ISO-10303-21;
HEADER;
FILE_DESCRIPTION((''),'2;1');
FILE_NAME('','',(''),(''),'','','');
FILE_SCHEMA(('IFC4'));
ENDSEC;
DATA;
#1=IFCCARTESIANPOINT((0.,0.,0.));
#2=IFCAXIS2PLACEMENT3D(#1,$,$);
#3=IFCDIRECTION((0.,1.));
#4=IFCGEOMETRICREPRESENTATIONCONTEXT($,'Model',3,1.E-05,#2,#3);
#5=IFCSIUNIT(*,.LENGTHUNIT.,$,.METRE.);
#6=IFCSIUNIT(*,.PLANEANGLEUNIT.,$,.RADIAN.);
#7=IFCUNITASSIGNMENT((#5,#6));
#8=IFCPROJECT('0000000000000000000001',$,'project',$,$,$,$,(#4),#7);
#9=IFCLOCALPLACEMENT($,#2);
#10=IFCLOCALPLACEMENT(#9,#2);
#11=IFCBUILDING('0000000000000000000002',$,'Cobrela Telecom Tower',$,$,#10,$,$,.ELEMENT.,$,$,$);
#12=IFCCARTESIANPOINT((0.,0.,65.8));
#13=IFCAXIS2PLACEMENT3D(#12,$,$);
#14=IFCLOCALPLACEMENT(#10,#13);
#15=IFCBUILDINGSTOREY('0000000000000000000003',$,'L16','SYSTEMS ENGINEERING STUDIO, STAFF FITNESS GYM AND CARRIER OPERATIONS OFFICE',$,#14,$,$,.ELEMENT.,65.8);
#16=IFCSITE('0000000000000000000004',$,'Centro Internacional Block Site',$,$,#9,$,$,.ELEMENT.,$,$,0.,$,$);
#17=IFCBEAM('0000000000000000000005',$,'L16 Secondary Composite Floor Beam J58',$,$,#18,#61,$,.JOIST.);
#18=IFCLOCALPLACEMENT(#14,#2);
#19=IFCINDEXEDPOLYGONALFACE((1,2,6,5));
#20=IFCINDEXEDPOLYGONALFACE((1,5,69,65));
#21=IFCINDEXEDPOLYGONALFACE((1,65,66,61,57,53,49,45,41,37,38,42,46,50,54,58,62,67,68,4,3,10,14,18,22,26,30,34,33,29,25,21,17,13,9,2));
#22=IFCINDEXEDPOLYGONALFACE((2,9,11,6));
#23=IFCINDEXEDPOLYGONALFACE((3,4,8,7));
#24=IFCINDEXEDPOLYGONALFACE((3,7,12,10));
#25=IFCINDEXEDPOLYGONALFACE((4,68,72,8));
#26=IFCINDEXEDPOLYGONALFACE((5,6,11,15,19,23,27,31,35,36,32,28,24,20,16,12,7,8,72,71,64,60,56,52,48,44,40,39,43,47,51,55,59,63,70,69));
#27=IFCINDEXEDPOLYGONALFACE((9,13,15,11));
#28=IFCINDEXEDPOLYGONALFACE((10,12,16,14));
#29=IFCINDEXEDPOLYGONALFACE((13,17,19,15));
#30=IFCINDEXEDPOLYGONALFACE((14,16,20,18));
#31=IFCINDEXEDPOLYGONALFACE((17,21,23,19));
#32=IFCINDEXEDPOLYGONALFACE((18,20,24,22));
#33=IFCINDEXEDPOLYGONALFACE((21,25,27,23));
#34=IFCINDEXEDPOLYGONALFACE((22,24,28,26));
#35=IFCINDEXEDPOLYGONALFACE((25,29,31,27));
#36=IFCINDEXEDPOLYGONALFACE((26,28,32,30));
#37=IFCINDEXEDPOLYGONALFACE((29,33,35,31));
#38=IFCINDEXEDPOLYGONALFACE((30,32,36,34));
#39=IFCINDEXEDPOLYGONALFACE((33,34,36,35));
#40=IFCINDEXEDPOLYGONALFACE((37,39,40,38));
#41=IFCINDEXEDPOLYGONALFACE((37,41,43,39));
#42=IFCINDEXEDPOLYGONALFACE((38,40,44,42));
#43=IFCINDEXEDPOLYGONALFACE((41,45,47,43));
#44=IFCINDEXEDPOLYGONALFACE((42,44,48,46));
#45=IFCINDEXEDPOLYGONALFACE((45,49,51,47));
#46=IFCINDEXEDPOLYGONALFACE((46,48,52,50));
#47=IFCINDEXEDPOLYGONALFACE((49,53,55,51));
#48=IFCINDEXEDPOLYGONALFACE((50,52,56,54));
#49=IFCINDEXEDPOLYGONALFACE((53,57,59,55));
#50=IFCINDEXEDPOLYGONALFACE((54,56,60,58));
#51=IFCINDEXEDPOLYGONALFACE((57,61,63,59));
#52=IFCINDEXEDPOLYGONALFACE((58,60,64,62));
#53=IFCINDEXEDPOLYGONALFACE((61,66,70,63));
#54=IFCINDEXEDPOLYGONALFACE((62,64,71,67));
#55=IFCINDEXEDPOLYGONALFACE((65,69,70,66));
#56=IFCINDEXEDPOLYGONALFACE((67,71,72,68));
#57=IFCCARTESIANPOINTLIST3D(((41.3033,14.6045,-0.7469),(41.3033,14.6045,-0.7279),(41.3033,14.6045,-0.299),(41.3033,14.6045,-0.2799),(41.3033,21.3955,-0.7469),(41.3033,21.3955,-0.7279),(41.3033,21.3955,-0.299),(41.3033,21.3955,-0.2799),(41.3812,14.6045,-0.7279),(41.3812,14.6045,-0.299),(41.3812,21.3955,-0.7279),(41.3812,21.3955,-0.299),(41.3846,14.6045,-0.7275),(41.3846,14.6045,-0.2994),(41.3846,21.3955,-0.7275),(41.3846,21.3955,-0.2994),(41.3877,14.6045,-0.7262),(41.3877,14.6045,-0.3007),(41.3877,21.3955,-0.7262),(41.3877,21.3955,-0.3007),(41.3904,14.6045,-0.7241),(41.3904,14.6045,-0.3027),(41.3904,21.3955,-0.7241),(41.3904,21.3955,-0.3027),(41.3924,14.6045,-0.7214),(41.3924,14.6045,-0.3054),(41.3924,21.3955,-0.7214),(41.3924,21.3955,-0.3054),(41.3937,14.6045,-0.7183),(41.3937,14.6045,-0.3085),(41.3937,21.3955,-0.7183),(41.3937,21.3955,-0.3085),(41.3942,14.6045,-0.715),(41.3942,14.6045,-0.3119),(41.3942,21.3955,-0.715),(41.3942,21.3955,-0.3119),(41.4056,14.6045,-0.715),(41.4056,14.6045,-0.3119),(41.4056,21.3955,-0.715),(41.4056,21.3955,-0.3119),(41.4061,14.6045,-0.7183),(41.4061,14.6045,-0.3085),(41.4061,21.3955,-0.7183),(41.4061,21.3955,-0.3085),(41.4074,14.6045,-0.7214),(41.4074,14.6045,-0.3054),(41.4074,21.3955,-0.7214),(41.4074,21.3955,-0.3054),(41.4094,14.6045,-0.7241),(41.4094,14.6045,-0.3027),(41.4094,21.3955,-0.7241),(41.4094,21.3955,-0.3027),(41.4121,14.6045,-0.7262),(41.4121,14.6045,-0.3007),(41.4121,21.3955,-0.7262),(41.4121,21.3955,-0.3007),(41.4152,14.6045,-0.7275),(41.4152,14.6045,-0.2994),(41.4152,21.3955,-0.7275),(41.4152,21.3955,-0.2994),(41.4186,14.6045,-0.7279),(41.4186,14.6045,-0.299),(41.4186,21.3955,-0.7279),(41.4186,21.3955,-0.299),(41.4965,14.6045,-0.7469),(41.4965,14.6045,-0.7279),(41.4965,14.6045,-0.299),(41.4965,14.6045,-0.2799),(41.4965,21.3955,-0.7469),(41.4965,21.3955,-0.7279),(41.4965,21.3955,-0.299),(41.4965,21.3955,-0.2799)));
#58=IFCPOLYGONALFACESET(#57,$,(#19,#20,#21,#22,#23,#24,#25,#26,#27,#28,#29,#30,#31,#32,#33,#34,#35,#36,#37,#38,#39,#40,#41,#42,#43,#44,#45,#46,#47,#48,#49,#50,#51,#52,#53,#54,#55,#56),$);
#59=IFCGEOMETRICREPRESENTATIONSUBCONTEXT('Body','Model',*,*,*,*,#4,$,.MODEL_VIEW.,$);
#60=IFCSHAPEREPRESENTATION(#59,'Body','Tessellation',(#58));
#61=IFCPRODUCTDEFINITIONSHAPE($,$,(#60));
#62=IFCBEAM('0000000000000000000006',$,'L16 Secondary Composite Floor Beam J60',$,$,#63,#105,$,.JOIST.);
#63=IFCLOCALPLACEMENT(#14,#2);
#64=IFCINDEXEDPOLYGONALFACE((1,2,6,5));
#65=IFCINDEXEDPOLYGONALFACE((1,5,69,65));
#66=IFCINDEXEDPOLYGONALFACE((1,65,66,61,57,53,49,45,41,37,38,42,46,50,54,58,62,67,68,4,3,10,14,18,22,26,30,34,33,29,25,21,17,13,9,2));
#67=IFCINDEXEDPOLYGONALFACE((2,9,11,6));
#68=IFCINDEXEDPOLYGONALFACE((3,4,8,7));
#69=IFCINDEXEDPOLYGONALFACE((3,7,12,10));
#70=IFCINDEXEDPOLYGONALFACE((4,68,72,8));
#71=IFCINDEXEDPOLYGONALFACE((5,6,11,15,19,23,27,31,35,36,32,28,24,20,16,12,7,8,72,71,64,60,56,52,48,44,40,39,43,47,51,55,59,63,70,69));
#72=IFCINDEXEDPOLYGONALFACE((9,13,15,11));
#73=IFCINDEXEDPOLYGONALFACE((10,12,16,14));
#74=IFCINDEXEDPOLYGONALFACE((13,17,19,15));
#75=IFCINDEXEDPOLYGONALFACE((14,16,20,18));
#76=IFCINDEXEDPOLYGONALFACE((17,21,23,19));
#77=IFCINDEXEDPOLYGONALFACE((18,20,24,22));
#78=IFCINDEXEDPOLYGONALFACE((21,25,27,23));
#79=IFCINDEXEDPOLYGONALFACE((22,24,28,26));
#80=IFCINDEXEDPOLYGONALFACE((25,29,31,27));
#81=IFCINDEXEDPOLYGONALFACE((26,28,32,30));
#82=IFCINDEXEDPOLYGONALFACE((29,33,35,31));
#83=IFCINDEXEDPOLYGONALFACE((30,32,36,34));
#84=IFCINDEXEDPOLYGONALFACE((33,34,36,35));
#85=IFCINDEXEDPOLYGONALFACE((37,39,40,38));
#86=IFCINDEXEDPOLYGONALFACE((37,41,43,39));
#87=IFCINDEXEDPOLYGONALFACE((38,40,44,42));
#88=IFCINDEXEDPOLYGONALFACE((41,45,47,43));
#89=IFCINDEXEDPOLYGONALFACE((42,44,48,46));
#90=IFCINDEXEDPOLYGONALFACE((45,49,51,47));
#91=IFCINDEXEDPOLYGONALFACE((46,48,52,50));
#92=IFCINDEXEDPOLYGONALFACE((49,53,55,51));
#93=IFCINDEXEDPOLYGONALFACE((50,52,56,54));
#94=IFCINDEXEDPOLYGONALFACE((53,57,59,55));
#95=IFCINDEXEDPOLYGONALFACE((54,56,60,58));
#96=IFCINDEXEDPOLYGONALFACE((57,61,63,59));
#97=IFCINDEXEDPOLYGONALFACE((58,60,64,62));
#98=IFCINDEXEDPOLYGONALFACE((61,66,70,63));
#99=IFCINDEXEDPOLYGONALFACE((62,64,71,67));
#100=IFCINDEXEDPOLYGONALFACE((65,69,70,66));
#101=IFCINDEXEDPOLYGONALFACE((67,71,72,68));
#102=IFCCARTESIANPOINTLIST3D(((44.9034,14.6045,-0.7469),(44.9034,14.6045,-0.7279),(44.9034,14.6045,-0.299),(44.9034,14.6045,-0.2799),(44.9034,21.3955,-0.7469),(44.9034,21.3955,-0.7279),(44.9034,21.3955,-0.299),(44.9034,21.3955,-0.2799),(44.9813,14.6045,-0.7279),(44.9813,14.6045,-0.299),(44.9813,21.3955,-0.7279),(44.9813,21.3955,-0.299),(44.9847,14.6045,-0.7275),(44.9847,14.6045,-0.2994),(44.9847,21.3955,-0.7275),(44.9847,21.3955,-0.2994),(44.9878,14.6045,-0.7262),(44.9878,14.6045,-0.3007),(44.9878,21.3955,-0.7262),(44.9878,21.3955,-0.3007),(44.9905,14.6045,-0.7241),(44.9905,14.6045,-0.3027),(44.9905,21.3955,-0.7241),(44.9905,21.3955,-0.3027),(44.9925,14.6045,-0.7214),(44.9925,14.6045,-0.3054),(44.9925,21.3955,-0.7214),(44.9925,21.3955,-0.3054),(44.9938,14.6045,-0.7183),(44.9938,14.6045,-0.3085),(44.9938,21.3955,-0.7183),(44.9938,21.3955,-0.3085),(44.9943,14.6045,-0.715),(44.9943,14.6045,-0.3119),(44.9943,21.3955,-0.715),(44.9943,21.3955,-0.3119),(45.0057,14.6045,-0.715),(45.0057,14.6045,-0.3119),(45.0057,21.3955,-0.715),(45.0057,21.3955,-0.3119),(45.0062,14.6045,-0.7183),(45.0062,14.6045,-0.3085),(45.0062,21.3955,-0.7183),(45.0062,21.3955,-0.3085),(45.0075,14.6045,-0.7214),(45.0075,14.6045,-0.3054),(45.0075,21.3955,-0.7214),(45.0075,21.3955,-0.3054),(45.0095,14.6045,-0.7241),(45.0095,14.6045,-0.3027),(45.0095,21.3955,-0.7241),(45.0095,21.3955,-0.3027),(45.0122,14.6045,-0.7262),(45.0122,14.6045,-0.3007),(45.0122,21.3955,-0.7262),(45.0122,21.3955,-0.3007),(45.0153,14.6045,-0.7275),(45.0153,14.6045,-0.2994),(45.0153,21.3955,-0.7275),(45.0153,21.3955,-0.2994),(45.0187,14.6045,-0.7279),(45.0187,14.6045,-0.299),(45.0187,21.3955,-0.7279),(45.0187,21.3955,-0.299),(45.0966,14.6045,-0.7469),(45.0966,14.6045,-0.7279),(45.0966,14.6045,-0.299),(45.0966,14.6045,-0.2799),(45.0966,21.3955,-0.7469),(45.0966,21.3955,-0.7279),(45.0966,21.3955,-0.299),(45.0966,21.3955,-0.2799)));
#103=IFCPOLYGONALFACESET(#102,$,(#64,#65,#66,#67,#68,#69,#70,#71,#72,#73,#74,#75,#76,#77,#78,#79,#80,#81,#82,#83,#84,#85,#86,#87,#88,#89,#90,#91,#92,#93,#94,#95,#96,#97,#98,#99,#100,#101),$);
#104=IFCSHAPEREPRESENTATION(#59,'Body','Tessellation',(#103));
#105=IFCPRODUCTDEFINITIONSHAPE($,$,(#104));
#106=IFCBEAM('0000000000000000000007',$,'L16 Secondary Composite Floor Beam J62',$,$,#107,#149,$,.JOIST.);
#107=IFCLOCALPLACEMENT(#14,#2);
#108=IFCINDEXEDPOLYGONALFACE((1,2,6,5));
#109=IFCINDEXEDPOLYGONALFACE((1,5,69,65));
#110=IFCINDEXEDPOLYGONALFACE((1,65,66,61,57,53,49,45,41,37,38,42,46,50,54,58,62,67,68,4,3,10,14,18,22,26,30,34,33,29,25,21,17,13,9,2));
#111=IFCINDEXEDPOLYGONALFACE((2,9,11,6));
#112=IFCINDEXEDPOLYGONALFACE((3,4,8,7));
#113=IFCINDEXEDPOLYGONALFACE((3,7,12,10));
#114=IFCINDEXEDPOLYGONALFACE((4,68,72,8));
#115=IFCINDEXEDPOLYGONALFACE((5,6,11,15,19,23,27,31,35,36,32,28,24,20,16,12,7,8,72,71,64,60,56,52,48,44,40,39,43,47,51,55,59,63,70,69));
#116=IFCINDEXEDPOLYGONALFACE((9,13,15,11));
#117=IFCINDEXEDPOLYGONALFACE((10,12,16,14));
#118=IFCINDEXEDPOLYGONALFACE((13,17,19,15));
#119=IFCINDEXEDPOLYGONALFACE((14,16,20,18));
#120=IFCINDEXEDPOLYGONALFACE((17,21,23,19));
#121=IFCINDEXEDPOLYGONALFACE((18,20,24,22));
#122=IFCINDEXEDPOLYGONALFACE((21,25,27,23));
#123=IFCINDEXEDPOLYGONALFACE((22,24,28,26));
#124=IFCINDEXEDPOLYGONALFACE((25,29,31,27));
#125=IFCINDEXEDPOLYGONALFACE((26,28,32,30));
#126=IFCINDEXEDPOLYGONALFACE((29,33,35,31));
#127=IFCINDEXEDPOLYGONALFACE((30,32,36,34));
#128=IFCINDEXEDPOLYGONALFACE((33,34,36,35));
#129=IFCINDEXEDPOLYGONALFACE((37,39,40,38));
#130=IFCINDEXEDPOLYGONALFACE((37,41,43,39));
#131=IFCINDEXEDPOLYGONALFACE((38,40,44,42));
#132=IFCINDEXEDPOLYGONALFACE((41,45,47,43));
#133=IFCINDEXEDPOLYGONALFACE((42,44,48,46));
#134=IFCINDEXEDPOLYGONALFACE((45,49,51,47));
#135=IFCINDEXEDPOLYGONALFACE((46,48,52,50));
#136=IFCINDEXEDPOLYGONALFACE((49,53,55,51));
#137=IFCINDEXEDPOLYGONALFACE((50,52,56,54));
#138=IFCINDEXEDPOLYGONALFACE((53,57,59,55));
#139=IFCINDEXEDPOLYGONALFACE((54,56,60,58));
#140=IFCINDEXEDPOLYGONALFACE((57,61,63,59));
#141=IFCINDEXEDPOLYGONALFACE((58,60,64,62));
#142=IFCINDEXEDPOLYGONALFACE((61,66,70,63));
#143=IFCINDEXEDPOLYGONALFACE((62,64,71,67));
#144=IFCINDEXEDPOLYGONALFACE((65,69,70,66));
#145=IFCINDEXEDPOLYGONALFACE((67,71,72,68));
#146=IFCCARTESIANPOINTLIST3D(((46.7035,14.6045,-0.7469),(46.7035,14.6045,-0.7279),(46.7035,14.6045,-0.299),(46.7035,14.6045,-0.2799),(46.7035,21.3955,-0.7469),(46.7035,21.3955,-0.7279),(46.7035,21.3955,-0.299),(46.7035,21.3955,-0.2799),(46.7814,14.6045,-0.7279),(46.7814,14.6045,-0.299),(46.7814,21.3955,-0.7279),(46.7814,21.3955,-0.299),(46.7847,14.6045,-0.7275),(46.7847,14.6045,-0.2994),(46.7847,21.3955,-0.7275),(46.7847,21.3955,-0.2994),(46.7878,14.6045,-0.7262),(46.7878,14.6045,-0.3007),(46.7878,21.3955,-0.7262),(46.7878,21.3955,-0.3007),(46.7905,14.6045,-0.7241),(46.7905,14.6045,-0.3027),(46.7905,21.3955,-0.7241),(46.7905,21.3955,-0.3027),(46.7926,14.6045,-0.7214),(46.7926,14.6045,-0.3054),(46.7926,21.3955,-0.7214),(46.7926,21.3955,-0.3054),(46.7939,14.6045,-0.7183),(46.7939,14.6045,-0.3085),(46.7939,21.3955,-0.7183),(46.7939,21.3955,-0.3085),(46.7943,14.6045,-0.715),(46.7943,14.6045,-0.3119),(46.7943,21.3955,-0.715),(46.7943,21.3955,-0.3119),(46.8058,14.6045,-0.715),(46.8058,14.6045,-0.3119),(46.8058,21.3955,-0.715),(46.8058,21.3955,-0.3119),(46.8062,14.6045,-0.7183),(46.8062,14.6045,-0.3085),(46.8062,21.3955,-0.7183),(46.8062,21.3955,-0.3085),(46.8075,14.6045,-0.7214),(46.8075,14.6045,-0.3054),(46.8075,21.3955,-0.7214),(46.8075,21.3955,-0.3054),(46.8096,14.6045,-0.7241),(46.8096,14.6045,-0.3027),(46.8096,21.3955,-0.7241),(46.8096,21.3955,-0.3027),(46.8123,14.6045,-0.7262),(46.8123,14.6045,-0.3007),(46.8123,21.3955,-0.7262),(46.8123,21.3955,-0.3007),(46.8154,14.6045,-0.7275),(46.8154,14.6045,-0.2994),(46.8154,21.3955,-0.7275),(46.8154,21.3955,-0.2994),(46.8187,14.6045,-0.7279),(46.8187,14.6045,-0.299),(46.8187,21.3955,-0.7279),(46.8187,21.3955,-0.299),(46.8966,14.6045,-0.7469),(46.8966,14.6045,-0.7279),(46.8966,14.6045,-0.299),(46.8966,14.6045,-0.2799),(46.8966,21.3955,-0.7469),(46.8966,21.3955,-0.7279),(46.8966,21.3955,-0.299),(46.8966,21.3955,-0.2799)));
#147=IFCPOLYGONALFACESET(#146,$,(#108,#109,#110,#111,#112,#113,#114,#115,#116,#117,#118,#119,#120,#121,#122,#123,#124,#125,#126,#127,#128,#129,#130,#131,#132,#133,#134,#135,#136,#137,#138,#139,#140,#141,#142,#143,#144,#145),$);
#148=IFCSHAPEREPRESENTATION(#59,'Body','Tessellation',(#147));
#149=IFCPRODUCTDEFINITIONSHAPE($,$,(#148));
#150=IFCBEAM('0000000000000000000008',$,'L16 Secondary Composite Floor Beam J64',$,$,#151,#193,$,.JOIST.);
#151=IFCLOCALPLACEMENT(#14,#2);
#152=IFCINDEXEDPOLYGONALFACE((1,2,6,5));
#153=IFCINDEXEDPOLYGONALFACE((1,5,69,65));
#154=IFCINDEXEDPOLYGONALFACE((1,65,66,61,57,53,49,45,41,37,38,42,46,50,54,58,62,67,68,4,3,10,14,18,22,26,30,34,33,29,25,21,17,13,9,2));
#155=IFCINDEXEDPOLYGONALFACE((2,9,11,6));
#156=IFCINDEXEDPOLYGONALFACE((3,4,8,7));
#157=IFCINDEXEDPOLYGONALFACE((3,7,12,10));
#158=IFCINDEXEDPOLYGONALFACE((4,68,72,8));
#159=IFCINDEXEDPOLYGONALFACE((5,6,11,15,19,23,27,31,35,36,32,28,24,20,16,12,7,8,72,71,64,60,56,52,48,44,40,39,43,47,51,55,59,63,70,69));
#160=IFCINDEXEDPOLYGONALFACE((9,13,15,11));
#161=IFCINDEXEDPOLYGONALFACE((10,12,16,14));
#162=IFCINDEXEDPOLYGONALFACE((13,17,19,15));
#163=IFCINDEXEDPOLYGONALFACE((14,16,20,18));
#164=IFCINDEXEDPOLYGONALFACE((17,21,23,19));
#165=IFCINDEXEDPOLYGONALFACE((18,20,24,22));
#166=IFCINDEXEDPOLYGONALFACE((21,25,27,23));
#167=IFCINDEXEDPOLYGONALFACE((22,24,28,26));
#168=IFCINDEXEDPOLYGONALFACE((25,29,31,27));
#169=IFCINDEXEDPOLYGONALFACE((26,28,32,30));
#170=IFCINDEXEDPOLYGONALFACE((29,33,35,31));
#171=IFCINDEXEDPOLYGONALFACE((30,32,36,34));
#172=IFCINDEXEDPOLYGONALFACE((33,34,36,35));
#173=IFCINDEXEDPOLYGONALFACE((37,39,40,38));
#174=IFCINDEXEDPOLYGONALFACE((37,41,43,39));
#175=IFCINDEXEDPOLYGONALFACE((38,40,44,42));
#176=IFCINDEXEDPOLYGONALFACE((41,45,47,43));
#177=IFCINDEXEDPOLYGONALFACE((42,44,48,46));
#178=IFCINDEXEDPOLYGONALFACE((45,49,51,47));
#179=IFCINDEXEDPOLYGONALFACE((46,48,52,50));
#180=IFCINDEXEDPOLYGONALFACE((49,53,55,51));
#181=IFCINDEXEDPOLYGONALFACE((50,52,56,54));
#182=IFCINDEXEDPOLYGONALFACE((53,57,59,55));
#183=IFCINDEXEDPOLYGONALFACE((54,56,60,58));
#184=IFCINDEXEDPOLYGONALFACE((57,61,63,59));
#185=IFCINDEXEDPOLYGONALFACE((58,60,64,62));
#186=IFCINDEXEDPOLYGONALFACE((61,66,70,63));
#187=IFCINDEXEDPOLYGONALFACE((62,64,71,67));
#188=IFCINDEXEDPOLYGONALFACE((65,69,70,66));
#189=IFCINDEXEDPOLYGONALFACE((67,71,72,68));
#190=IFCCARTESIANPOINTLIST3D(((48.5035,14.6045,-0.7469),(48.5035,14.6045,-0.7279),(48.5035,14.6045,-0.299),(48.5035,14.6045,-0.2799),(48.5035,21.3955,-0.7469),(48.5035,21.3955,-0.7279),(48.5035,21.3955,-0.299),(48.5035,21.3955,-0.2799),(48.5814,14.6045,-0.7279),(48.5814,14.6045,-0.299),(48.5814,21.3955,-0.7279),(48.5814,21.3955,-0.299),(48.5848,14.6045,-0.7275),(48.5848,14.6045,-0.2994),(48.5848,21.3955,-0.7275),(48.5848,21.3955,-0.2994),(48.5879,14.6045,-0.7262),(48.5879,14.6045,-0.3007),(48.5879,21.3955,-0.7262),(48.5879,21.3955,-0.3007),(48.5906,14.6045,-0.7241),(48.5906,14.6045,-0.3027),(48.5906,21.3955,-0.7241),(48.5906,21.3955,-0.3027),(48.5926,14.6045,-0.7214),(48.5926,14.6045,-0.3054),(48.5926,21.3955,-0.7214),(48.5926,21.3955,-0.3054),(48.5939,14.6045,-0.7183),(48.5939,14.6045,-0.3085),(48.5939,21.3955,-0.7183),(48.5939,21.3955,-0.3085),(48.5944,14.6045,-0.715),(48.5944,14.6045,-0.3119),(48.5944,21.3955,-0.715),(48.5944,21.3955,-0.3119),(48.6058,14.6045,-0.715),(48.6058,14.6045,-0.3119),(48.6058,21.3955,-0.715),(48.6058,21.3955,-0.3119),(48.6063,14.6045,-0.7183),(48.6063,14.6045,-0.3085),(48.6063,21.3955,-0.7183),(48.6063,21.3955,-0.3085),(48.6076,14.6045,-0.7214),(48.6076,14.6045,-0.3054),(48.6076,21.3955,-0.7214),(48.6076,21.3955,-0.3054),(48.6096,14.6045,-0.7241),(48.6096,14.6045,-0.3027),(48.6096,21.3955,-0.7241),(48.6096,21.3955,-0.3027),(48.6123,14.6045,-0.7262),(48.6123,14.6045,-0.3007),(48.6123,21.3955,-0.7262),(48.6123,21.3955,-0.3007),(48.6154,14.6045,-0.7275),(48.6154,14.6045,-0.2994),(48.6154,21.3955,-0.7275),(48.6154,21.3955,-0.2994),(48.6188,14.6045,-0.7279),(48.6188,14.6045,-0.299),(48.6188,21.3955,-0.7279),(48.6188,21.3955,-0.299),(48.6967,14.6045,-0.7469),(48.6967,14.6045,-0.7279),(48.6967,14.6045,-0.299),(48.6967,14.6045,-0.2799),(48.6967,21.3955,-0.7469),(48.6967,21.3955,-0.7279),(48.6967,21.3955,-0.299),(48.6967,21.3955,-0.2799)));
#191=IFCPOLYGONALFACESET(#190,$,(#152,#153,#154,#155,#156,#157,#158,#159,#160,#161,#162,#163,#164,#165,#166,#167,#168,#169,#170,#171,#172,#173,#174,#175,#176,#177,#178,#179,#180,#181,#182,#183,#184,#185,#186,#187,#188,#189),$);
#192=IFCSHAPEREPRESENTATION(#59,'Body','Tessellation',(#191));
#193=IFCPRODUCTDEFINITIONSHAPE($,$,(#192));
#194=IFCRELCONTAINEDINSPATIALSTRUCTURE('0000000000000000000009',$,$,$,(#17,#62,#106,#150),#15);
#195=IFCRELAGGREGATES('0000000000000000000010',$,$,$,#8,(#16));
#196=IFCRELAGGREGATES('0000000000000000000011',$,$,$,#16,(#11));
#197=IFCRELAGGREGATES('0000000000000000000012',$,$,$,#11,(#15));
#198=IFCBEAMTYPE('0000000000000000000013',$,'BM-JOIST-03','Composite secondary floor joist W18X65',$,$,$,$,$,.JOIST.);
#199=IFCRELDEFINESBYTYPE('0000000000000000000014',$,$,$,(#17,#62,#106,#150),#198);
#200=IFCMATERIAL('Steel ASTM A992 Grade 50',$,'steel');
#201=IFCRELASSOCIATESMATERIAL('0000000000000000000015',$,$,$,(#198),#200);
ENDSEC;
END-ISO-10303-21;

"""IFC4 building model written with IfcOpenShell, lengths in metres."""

from ifc_helpers import new_model, si_unit, direction, frame, origin, origin_2d, place, context, subcontext, project, spatial, i_section, extrude, material, material_profile, profile_set, type_object, element, save


model = new_model("IFC4")

# Units and contexts
model_context = context("Model", 3, precision=1e-05, world=origin(), true_north=direction((0.0, 1.0)))
body_context = subcontext(model_context, "Body", "Model", "MODEL_VIEW")
ifc_project = project(units=[si_unit("LENGTHUNIT", "METRE"), si_unit("PLANEANGLEUNIT", "RADIAN")], contexts=[model_context])

# Site, building, storey
site_placement = place(None, origin())
site = spatial("IfcSite", under=ifc_project, at=site_placement, Name="Centro Internacional Block Site", CompositionType="ELEMENT", RefElevation=0.0)
building_placement = place(site_placement, origin())
building = spatial("IfcBuilding", under=site, at=building_placement, Name="Cobrela Telecom Tower", CompositionType="ELEMENT")
storey_placement = place(building_placement, frame((0.0, 0.0, 65.8)))
storey = spatial("IfcBuildingStorey", under=building, at=storey_placement, Name="L16", Description="SYSTEMS ENGINEERING STUDIO, STAFF FITNESS GYM AND CARRIER OPERATIONS OFFICE", CompositionType="ELEMENT", Elevation=65.8)

# Shared definitions
ifc_material_1 = material(Name="Steel ASTM A992 Grade 50", Category="steel")

# Beams
ifc_material_profile_1 = material_profile(ifc_material_1, i_section(OverallWidth=0.1931, OverallDepth=0.467, WebThickness=0.0115, FlangeThickness=0.019, FilletRadius=0.0129, at=origin_2d()), Name="W18X65")
ifc_profile_set_1 = profile_set([ifc_material_profile_1], Name="Steel ASTM A992 Grade 50")
beam_type_1 = type_object("IfcBeamType", Name="BM-JOIST-03", Description="Composite secondary floor joist W18X65", PredefinedType="JOIST", material=ifc_profile_set_1)
for number, where, z_axis, x_axis, name in (
    (1, (41.3999, 14.6045, -0.5134), (0.0, 1.0, 0.0), (-1.0, 0.0, 0.0), "L16 Secondary Composite Floor Beam J58"),
    (2, (45.0, 14.6045, -0.5134), (0.0, 1.0, 0.0), (-1.0, 0.0, 0.0), "L16 Secondary Composite Floor Beam J60"),
    (3, (46.8, 14.6045, -0.5134), (0.0, 1.0, 0.0), (-1.0, 0.0, 0.0), "L16 Secondary Composite Floor Beam J62"),
    (4, (48.6001, 14.6045, -0.5134), (0.0, 1.0, 0.0), (-1.0, 0.0, 0.0), "L16 Secondary Composite Floor Beam J64"),
):
    element("IfcBeam", number, at=place(storey_placement, frame(where, z_axis=z_axis, x_axis=x_axis)), inside=storey, type_object=beam_type_1, Name=name, PredefinedType="JOIST", context=body_context, shape_type="SweptSolid", body=[
        extrude(i_section(OverallWidth=0.1931, OverallDepth=0.467, WebThickness=0.0115, FlangeThickness=0.019, FilletRadius=0.0129, at=origin_2d()), origin(), (0.0, 0.0, 1.0), 6.791),
    ])

save(model, "model.ifc")
